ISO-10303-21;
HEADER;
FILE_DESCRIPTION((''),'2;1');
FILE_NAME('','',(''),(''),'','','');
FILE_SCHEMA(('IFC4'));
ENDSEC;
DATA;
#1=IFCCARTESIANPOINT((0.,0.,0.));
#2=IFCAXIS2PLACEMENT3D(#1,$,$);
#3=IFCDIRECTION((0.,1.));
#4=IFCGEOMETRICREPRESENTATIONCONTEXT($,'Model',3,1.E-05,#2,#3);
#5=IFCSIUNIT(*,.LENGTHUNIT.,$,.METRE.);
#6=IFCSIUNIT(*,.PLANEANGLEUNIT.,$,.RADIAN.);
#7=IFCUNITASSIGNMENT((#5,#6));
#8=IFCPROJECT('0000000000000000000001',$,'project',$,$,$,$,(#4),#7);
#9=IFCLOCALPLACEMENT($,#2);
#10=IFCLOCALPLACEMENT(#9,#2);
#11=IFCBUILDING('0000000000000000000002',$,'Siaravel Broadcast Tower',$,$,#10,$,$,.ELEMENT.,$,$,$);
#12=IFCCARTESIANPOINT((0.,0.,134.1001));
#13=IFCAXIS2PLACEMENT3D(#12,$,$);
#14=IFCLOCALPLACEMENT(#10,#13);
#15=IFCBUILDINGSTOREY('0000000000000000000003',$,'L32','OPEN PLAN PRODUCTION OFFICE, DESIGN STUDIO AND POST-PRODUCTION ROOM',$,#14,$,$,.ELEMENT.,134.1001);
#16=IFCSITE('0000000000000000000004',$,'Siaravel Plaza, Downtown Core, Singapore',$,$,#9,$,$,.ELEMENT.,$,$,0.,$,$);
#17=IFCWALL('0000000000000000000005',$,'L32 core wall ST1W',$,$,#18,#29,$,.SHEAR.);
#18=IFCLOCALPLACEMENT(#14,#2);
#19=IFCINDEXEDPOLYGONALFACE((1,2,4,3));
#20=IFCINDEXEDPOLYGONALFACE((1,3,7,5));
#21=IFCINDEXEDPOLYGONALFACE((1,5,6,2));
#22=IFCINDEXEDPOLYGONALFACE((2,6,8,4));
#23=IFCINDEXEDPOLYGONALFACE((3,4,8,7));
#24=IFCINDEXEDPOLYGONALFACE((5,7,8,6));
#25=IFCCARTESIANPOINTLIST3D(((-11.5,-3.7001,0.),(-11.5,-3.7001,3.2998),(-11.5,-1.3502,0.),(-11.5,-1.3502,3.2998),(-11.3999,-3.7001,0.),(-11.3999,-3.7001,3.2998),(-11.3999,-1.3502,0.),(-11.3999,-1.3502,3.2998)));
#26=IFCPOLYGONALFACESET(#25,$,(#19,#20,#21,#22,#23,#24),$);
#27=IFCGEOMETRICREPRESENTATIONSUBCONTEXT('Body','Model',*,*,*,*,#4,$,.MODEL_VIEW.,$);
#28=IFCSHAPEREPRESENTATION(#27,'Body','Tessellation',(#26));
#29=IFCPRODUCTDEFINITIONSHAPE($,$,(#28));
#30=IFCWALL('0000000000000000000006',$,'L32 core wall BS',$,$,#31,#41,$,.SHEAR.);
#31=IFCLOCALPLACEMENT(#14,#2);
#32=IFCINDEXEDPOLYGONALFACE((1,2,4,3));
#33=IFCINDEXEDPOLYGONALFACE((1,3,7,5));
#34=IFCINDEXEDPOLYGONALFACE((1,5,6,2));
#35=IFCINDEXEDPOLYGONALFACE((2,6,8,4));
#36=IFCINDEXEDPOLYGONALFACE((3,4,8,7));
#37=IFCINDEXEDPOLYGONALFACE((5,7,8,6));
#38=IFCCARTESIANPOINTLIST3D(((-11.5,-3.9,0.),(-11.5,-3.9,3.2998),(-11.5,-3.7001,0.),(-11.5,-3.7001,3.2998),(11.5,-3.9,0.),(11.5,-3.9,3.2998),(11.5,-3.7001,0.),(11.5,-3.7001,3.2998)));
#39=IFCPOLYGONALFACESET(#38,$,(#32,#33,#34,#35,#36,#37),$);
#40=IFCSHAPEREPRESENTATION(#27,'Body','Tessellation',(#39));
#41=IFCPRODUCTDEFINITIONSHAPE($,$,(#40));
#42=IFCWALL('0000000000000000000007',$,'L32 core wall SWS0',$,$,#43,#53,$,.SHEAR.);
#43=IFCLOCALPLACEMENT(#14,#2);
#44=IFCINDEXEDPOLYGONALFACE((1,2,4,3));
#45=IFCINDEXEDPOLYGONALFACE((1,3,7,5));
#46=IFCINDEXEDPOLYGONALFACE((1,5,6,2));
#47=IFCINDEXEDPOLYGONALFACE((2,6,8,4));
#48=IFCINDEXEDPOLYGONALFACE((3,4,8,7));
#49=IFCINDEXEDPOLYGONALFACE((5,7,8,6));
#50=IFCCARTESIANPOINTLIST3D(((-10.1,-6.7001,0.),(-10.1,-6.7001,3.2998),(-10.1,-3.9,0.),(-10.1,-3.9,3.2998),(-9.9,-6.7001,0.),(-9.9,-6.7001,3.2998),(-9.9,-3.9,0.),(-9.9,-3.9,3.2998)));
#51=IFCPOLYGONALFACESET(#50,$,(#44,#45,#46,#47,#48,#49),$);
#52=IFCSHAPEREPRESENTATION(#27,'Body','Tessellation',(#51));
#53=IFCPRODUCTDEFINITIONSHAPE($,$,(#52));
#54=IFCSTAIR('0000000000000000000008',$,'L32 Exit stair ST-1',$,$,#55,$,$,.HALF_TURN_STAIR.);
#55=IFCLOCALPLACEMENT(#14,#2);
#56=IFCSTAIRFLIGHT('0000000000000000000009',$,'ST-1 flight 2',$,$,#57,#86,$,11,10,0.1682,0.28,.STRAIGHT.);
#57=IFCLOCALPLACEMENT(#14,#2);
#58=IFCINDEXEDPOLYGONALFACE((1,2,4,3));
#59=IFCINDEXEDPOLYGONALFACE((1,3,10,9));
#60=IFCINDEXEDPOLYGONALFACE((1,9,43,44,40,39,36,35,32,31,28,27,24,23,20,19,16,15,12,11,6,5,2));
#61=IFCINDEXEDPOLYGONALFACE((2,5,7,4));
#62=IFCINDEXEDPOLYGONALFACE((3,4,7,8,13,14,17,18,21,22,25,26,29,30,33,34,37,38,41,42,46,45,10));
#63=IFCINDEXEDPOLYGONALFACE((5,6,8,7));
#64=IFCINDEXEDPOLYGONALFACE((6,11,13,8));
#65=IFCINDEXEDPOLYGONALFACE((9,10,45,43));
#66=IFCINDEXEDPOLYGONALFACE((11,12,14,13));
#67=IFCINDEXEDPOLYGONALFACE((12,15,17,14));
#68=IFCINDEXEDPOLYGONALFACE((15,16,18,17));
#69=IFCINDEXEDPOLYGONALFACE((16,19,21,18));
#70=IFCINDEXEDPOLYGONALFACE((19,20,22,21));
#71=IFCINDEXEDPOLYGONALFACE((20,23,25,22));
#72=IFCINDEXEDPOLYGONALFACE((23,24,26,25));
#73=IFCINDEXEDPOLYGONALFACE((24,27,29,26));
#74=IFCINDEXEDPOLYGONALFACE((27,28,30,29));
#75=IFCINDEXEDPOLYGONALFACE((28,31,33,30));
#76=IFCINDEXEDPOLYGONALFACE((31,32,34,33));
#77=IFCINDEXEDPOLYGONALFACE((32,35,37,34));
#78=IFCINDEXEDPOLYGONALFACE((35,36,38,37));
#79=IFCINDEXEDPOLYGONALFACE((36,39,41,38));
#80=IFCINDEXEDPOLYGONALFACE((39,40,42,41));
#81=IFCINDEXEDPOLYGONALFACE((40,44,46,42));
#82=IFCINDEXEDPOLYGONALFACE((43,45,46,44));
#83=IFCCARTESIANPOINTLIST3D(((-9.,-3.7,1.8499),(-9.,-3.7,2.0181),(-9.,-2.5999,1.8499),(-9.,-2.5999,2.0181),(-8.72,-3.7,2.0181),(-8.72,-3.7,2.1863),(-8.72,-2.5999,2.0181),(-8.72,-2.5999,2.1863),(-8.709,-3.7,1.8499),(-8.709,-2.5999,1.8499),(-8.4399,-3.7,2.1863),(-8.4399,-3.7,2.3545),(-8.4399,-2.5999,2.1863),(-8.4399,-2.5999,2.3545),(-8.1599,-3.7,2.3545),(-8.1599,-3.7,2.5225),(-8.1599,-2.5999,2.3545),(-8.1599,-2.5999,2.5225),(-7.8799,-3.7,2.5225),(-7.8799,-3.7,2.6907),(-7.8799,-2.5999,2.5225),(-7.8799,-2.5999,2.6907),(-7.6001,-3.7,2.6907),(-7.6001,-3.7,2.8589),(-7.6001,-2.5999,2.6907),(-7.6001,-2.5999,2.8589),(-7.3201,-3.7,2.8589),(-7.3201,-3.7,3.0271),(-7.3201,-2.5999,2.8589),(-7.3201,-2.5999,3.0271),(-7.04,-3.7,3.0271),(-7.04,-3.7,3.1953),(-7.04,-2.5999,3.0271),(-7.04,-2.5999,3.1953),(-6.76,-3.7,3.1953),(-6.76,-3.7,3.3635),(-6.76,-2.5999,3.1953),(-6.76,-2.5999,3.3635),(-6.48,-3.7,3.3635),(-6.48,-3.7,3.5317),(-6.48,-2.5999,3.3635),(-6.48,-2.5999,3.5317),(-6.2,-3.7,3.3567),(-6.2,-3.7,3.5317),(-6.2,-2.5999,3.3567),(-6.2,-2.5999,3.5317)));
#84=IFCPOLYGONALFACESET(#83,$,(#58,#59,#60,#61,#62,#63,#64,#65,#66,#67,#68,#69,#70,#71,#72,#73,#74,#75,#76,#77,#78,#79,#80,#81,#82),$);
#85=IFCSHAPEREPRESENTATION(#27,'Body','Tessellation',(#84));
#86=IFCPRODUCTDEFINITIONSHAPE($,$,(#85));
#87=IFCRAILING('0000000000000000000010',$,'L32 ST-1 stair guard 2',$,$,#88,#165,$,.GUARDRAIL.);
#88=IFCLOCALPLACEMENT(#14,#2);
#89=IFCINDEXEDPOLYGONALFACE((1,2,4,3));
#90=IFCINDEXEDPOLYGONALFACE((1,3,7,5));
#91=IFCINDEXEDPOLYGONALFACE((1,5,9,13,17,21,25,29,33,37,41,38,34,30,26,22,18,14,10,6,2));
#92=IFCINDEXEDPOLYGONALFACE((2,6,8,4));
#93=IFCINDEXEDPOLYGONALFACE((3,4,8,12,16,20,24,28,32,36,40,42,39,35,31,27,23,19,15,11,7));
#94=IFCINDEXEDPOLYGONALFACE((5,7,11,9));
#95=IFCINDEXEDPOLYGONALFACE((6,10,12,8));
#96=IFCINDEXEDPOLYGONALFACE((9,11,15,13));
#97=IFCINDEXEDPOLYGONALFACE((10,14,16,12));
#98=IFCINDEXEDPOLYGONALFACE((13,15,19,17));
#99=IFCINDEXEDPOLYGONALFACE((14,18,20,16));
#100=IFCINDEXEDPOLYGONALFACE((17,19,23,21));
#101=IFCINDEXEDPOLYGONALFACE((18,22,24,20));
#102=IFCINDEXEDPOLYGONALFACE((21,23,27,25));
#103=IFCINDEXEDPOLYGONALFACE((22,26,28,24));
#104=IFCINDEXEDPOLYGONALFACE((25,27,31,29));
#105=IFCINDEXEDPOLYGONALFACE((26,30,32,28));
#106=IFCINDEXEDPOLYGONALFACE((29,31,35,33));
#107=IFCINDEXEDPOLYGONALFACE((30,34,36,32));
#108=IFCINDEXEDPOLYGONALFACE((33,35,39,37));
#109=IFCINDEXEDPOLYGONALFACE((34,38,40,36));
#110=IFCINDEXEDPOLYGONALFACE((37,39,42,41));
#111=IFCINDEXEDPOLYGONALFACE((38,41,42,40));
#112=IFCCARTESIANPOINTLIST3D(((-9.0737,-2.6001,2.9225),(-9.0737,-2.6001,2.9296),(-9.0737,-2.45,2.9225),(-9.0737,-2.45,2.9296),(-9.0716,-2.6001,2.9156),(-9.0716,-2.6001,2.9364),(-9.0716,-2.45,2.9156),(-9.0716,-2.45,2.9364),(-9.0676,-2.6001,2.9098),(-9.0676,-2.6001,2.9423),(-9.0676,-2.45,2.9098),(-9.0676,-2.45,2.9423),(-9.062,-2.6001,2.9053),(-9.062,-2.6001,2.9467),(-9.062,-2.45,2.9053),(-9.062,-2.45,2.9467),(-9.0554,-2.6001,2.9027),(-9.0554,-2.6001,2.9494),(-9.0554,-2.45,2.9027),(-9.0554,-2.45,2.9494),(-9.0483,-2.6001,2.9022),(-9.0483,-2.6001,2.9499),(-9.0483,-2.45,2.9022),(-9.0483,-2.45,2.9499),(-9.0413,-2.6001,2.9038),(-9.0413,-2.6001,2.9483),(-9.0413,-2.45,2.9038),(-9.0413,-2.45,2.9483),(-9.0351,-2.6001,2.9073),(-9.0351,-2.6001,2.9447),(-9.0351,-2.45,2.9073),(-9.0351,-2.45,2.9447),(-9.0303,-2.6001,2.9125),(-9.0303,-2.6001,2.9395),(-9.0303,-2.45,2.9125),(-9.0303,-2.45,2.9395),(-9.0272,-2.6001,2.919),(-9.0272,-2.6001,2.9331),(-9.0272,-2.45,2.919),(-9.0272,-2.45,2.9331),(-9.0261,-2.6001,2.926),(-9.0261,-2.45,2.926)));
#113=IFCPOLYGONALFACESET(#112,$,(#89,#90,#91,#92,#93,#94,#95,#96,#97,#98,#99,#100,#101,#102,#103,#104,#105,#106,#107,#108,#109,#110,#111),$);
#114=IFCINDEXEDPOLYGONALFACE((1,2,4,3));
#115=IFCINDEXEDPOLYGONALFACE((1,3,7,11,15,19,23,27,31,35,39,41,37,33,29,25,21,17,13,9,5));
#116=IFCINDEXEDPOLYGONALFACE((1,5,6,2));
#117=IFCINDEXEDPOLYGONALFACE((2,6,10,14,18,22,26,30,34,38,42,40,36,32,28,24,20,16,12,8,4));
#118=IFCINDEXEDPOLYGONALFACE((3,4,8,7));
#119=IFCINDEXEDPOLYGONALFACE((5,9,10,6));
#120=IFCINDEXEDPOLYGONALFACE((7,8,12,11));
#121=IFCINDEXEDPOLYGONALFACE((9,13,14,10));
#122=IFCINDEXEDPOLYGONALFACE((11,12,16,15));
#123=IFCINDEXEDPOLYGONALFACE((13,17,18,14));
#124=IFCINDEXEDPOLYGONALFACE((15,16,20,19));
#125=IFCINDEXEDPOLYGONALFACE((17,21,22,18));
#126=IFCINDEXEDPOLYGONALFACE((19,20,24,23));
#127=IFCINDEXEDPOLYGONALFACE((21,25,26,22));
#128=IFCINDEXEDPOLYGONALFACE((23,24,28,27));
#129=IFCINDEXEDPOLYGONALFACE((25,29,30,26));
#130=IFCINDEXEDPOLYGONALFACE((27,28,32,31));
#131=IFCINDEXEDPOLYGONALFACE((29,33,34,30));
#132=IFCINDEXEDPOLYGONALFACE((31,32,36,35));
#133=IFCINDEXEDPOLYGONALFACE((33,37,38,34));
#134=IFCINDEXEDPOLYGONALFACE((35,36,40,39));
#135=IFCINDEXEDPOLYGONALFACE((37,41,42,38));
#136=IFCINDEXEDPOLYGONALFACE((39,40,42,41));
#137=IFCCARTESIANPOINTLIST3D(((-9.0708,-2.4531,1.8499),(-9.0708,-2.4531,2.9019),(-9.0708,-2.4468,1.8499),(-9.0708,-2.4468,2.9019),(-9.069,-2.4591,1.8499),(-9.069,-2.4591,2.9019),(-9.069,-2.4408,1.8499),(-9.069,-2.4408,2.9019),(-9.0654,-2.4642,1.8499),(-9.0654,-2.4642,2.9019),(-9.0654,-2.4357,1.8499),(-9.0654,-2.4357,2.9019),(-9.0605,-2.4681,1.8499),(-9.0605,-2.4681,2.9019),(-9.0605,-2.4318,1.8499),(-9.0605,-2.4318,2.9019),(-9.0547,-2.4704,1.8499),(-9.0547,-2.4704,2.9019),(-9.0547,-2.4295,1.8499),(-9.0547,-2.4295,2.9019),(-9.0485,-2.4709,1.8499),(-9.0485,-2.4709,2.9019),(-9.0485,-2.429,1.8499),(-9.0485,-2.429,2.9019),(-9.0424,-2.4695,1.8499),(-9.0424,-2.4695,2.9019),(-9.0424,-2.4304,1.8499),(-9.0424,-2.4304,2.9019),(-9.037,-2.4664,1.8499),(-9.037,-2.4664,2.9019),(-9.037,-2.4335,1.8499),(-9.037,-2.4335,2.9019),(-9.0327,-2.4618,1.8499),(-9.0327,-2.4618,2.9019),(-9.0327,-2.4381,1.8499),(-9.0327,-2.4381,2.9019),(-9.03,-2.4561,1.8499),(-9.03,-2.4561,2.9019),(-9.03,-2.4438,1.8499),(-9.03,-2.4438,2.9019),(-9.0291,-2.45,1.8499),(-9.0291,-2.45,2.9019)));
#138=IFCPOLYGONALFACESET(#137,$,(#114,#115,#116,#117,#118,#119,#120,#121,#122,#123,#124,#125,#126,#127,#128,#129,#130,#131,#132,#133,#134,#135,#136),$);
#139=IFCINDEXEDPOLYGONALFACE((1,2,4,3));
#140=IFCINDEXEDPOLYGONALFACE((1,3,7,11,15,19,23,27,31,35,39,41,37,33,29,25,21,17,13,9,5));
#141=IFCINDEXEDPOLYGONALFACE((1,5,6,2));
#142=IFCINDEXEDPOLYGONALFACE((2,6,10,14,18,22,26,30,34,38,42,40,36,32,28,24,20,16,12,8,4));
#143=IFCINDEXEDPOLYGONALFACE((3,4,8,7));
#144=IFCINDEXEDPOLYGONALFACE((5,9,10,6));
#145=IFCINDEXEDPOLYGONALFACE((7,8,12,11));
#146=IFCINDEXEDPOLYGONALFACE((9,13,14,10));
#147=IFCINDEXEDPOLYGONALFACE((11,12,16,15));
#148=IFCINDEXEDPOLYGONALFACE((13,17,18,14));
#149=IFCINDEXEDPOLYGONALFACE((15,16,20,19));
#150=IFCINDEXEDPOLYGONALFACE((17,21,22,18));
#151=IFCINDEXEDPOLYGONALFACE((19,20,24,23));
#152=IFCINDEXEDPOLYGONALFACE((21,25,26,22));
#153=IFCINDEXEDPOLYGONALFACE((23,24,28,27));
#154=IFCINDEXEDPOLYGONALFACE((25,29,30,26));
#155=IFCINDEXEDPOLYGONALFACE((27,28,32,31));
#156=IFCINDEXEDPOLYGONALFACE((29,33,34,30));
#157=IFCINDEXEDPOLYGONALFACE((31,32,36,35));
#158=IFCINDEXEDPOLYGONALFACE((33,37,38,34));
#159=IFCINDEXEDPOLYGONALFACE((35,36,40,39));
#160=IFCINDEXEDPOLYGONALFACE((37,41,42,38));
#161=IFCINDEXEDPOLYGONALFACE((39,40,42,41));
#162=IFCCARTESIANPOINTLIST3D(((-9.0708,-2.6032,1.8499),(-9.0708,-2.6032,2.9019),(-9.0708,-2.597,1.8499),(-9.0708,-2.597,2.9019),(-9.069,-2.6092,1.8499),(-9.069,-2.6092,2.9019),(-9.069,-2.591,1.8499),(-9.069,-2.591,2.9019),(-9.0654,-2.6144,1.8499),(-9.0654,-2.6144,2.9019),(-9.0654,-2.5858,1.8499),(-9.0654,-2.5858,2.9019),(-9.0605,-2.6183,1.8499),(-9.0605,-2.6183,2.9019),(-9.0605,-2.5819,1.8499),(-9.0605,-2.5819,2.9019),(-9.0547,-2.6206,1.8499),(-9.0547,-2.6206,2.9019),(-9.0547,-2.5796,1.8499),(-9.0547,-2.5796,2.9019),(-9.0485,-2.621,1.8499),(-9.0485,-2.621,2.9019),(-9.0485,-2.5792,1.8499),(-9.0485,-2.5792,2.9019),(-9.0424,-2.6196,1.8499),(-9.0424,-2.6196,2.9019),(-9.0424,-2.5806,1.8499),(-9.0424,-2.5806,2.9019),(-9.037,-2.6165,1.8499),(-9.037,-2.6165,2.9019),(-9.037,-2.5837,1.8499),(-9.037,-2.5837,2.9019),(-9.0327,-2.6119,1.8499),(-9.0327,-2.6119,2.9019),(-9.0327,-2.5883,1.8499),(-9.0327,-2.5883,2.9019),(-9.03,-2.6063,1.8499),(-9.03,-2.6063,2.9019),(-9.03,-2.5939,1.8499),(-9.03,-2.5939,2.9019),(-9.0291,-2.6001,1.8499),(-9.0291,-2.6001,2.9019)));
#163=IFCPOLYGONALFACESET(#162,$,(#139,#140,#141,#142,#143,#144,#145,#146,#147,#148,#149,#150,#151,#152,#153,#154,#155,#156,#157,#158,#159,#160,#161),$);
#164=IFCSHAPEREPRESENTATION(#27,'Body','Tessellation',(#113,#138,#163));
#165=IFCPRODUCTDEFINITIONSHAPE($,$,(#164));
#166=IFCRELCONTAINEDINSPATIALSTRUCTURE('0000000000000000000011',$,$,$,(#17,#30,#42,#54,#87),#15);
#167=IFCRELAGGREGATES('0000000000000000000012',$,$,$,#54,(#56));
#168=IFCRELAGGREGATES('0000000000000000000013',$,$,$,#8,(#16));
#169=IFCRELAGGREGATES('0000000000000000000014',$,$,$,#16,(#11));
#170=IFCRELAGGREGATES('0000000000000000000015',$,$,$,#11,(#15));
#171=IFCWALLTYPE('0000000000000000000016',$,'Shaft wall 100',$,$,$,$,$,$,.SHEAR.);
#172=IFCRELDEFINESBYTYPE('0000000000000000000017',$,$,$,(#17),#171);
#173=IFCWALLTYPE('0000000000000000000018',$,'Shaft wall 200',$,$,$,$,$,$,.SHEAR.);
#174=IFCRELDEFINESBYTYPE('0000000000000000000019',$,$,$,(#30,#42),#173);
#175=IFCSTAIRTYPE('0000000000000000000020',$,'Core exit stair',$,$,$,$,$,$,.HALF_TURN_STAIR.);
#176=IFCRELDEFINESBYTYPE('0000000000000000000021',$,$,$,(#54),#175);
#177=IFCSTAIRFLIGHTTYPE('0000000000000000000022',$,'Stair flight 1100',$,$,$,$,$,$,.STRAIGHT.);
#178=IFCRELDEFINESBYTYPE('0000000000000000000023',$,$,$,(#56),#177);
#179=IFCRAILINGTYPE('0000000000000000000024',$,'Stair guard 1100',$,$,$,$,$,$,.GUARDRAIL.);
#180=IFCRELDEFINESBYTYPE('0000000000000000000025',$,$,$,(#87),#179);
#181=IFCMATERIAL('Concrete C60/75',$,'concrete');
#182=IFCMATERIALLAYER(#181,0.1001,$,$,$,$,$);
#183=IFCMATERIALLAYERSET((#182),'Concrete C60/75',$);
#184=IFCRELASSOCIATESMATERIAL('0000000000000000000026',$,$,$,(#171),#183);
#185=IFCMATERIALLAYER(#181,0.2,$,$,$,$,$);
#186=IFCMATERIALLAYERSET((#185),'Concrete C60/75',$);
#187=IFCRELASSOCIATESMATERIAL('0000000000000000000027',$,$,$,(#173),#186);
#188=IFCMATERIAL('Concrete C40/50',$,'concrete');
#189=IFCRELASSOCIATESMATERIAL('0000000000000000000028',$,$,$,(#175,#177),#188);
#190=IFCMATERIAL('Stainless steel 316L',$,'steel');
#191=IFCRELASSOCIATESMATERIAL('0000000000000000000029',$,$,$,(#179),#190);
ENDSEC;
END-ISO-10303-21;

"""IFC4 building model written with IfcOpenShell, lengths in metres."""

from ifc_helpers import new_model, si_unit, direction, frame, frame_2d, origin, origin_2d, place, context, subcontext, project, spatial, polyline, rectangle, circle, outline, extrude, material, layer, layer_set, type_object, element, aggregate, save


model = new_model("IFC4")

# Units and contexts
model_context = context("Model", 3, precision=1e-05, world=origin(), true_north=direction((0.0, 1.0)))
body_context = subcontext(model_context, "Body", "Model", "MODEL_VIEW")
ifc_project = project(units=[si_unit("LENGTHUNIT", "METRE"), si_unit("PLANEANGLEUNIT", "RADIAN")], contexts=[model_context])

# Site, building, storey
site_placement = place(None, origin())
site = spatial("IfcSite", under=ifc_project, at=site_placement, Name="Siaravel Plaza, Downtown Core, Singapore", CompositionType="ELEMENT", RefElevation=0.0)
building_placement = place(site_placement, origin())
building = spatial("IfcBuilding", under=site, at=building_placement, Name="Siaravel Broadcast Tower", CompositionType="ELEMENT")
storey_placement = place(building_placement, frame((0.0, 0.0, 134.1001)))
storey = spatial("IfcBuildingStorey", under=building, at=storey_placement, Name="L32", Description="OPEN PLAN PRODUCTION OFFICE, DESIGN STUDIO AND POST-PRODUCTION ROOM", CompositionType="ELEMENT", Elevation=134.1001)

# Shared definitions
ifc_material_1 = material(Name="Concrete C60/75", Category="concrete")
ifc_material_2 = material(Name="Stainless steel 316L", Category="steel")

# Walls
ifc_layer_1 = layer(ifc_material_1, 0.1001)
ifc_layer_set_1 = layer_set([ifc_layer_1], Name="Concrete C60/75")
wall_type_1 = type_object("IfcWallType", Name="Shaft wall 100", PredefinedType="SHEAR", material=ifc_layer_set_1)
wall_1_placement = place(storey_placement, frame((-11.45, -3.7, 0.0), z_axis=(0.0, 0.0, 1.0), x_axis=(0.0, 1.0, 0.0)))
element("IfcWall", 1, at=wall_1_placement, inside=storey, type_object=wall_type_1, Name="L32 core wall ST1W", PredefinedType="SHEAR", context=body_context, shape_type="SweptSolid", body=[
    extrude(rectangle(XDim=2.3499, YDim=0.1001, at=frame_2d((1.1748, 0.0))), origin(), (0.0, 0.0, 1.0), 3.2998),
])
ifc_layer_2 = layer(ifc_material_1, 0.2)
ifc_layer_set_2 = layer_set([ifc_layer_2], Name="Concrete C60/75")
wall_type_2 = type_object("IfcWallType", Name="Shaft wall 200", PredefinedType="SHEAR", material=ifc_layer_set_2)
wall_2_placement = place(storey_placement, frame((-11.5, -3.8, 0.0), z_axis=(0.0, 0.0, 1.0), x_axis=(1.0, 0.0, 0.0)))
element("IfcWall", 2, at=wall_2_placement, inside=storey, type_object=wall_type_2, Name="L32 core wall BS", PredefinedType="SHEAR", context=body_context, shape_type="SweptSolid", body=[
    extrude(rectangle(XDim=23.0, YDim=0.2, at=frame_2d((11.5, 0.0))), origin(), (0.0, 0.0, 1.0), 3.2998),
])
wall_3_placement = place(storey_placement, frame((-10.0, -6.7, 0.0), z_axis=(0.0, 0.0, 1.0), x_axis=(0.0, 1.0, 0.0)))
element("IfcWall", 3, at=wall_3_placement, inside=storey, type_object=wall_type_2, Name="L32 core wall SWS0", PredefinedType="SHEAR", context=body_context, shape_type="SweptSolid", body=[
    extrude(rectangle(XDim=2.8, YDim=0.2, at=frame_2d((1.3999, 0.0))), origin(), (0.0, 0.0, 1.0), 3.2998),
])

# Stair, stair flight
ifc_material_3 = material(Name="Concrete C40/50", Category="concrete")
stair_type = type_object("IfcStairType", Name="Core exit stair", PredefinedType="HALF_TURN_STAIR", material=ifc_material_3)
stair_placement = place(storey_placement, origin())
stair = element("IfcStair", 4, at=stair_placement, inside=storey, type_object=stair_type, Name="L32 Exit stair ST-1", PredefinedType="HALF_TURN_STAIR")
stair_flight_type = type_object("IfcStairFlightType", Name="Stair flight 1100", PredefinedType="STRAIGHT", material=ifc_material_3)
stair_flight_placement = place(storey_placement, frame((-9.0, -3.1499, 1.8499), z_axis=(0.0, 0.0, 1.0), x_axis=(1.0, 0.0, 0.0)))
stair_flight = element("IfcStairFlight", 5, at=stair_flight_placement, type_object=stair_flight_type, Name="ST-1 flight 2", NumberOfRisers=11, NumberOfTreads=10, PredefinedType="STRAIGHT", RiserHeight=0.1682, TreadLength=0.28, context=body_context, shape_type="SweptSolid", body=[
    extrude(outline(polyline([(0.0, 0.0), (0.0, 0.1682), (0.28, 0.1682), (0.28, 0.3364), (0.5601, 0.3364), (0.5601, 0.5046), (0.8401, 0.5046), (0.8401, 0.6726), (1.1201, 0.6726), (1.1201, 0.8408), (1.3999, 0.8408), (1.3999, 1.009), (1.6799, 1.009), (1.6799, 1.1772), (1.96, 1.1772), (1.96, 1.3455), (2.24, 1.3455), (2.24, 1.5137), (2.52, 1.5137), (2.52, 1.6819), (2.8, 1.6819), (2.8, 1.8501), (2.8, 1.5068), (0.291, 0.0), (0.0, 0.0)])), frame((0.0, 0.55, 0.0), z_axis=(0.0, -1.0, 0.0), x_axis=(1.0, 0.0, 0.0)), (0.0, 0.0, 1.0), 1.1001),
])
aggregate(stair, [stair_flight])

# Railing
railing_type_1 = type_object("IfcRailingType", Name="Stair guard 1100", PredefinedType="GUARDRAIL", material=ifc_material_2)
railing_1_placement = place(storey_placement, frame((-9.05, -2.45, 1.8499)))
element("IfcRailing", 6, at=railing_1_placement, inside=storey, type_object=railing_type_1, Name="L32 ST-1 stair guard 2", PredefinedType="GUARDRAIL", context=body_context, shape_type="SweptSolid", body=[
    extrude(circle(Radius=0.0239, at=origin_2d()), frame((0.0, 0.0, 1.0762), z_axis=(0.0, -1.0, 0.0), x_axis=(1.0, 0.0, 0.0)), (0.0, 0.0, 1.0), 0.1501),
    extrude(circle(Radius=0.021, at=origin_2d()), origin(), (0.0, 0.0, 1.0), 1.052),
    extrude(circle(Radius=0.021, at=origin_2d()), frame((0.0, -0.1501, 0.0)), (0.0, 0.0, 1.0), 1.052),
])

save(model, "model.ifc")
